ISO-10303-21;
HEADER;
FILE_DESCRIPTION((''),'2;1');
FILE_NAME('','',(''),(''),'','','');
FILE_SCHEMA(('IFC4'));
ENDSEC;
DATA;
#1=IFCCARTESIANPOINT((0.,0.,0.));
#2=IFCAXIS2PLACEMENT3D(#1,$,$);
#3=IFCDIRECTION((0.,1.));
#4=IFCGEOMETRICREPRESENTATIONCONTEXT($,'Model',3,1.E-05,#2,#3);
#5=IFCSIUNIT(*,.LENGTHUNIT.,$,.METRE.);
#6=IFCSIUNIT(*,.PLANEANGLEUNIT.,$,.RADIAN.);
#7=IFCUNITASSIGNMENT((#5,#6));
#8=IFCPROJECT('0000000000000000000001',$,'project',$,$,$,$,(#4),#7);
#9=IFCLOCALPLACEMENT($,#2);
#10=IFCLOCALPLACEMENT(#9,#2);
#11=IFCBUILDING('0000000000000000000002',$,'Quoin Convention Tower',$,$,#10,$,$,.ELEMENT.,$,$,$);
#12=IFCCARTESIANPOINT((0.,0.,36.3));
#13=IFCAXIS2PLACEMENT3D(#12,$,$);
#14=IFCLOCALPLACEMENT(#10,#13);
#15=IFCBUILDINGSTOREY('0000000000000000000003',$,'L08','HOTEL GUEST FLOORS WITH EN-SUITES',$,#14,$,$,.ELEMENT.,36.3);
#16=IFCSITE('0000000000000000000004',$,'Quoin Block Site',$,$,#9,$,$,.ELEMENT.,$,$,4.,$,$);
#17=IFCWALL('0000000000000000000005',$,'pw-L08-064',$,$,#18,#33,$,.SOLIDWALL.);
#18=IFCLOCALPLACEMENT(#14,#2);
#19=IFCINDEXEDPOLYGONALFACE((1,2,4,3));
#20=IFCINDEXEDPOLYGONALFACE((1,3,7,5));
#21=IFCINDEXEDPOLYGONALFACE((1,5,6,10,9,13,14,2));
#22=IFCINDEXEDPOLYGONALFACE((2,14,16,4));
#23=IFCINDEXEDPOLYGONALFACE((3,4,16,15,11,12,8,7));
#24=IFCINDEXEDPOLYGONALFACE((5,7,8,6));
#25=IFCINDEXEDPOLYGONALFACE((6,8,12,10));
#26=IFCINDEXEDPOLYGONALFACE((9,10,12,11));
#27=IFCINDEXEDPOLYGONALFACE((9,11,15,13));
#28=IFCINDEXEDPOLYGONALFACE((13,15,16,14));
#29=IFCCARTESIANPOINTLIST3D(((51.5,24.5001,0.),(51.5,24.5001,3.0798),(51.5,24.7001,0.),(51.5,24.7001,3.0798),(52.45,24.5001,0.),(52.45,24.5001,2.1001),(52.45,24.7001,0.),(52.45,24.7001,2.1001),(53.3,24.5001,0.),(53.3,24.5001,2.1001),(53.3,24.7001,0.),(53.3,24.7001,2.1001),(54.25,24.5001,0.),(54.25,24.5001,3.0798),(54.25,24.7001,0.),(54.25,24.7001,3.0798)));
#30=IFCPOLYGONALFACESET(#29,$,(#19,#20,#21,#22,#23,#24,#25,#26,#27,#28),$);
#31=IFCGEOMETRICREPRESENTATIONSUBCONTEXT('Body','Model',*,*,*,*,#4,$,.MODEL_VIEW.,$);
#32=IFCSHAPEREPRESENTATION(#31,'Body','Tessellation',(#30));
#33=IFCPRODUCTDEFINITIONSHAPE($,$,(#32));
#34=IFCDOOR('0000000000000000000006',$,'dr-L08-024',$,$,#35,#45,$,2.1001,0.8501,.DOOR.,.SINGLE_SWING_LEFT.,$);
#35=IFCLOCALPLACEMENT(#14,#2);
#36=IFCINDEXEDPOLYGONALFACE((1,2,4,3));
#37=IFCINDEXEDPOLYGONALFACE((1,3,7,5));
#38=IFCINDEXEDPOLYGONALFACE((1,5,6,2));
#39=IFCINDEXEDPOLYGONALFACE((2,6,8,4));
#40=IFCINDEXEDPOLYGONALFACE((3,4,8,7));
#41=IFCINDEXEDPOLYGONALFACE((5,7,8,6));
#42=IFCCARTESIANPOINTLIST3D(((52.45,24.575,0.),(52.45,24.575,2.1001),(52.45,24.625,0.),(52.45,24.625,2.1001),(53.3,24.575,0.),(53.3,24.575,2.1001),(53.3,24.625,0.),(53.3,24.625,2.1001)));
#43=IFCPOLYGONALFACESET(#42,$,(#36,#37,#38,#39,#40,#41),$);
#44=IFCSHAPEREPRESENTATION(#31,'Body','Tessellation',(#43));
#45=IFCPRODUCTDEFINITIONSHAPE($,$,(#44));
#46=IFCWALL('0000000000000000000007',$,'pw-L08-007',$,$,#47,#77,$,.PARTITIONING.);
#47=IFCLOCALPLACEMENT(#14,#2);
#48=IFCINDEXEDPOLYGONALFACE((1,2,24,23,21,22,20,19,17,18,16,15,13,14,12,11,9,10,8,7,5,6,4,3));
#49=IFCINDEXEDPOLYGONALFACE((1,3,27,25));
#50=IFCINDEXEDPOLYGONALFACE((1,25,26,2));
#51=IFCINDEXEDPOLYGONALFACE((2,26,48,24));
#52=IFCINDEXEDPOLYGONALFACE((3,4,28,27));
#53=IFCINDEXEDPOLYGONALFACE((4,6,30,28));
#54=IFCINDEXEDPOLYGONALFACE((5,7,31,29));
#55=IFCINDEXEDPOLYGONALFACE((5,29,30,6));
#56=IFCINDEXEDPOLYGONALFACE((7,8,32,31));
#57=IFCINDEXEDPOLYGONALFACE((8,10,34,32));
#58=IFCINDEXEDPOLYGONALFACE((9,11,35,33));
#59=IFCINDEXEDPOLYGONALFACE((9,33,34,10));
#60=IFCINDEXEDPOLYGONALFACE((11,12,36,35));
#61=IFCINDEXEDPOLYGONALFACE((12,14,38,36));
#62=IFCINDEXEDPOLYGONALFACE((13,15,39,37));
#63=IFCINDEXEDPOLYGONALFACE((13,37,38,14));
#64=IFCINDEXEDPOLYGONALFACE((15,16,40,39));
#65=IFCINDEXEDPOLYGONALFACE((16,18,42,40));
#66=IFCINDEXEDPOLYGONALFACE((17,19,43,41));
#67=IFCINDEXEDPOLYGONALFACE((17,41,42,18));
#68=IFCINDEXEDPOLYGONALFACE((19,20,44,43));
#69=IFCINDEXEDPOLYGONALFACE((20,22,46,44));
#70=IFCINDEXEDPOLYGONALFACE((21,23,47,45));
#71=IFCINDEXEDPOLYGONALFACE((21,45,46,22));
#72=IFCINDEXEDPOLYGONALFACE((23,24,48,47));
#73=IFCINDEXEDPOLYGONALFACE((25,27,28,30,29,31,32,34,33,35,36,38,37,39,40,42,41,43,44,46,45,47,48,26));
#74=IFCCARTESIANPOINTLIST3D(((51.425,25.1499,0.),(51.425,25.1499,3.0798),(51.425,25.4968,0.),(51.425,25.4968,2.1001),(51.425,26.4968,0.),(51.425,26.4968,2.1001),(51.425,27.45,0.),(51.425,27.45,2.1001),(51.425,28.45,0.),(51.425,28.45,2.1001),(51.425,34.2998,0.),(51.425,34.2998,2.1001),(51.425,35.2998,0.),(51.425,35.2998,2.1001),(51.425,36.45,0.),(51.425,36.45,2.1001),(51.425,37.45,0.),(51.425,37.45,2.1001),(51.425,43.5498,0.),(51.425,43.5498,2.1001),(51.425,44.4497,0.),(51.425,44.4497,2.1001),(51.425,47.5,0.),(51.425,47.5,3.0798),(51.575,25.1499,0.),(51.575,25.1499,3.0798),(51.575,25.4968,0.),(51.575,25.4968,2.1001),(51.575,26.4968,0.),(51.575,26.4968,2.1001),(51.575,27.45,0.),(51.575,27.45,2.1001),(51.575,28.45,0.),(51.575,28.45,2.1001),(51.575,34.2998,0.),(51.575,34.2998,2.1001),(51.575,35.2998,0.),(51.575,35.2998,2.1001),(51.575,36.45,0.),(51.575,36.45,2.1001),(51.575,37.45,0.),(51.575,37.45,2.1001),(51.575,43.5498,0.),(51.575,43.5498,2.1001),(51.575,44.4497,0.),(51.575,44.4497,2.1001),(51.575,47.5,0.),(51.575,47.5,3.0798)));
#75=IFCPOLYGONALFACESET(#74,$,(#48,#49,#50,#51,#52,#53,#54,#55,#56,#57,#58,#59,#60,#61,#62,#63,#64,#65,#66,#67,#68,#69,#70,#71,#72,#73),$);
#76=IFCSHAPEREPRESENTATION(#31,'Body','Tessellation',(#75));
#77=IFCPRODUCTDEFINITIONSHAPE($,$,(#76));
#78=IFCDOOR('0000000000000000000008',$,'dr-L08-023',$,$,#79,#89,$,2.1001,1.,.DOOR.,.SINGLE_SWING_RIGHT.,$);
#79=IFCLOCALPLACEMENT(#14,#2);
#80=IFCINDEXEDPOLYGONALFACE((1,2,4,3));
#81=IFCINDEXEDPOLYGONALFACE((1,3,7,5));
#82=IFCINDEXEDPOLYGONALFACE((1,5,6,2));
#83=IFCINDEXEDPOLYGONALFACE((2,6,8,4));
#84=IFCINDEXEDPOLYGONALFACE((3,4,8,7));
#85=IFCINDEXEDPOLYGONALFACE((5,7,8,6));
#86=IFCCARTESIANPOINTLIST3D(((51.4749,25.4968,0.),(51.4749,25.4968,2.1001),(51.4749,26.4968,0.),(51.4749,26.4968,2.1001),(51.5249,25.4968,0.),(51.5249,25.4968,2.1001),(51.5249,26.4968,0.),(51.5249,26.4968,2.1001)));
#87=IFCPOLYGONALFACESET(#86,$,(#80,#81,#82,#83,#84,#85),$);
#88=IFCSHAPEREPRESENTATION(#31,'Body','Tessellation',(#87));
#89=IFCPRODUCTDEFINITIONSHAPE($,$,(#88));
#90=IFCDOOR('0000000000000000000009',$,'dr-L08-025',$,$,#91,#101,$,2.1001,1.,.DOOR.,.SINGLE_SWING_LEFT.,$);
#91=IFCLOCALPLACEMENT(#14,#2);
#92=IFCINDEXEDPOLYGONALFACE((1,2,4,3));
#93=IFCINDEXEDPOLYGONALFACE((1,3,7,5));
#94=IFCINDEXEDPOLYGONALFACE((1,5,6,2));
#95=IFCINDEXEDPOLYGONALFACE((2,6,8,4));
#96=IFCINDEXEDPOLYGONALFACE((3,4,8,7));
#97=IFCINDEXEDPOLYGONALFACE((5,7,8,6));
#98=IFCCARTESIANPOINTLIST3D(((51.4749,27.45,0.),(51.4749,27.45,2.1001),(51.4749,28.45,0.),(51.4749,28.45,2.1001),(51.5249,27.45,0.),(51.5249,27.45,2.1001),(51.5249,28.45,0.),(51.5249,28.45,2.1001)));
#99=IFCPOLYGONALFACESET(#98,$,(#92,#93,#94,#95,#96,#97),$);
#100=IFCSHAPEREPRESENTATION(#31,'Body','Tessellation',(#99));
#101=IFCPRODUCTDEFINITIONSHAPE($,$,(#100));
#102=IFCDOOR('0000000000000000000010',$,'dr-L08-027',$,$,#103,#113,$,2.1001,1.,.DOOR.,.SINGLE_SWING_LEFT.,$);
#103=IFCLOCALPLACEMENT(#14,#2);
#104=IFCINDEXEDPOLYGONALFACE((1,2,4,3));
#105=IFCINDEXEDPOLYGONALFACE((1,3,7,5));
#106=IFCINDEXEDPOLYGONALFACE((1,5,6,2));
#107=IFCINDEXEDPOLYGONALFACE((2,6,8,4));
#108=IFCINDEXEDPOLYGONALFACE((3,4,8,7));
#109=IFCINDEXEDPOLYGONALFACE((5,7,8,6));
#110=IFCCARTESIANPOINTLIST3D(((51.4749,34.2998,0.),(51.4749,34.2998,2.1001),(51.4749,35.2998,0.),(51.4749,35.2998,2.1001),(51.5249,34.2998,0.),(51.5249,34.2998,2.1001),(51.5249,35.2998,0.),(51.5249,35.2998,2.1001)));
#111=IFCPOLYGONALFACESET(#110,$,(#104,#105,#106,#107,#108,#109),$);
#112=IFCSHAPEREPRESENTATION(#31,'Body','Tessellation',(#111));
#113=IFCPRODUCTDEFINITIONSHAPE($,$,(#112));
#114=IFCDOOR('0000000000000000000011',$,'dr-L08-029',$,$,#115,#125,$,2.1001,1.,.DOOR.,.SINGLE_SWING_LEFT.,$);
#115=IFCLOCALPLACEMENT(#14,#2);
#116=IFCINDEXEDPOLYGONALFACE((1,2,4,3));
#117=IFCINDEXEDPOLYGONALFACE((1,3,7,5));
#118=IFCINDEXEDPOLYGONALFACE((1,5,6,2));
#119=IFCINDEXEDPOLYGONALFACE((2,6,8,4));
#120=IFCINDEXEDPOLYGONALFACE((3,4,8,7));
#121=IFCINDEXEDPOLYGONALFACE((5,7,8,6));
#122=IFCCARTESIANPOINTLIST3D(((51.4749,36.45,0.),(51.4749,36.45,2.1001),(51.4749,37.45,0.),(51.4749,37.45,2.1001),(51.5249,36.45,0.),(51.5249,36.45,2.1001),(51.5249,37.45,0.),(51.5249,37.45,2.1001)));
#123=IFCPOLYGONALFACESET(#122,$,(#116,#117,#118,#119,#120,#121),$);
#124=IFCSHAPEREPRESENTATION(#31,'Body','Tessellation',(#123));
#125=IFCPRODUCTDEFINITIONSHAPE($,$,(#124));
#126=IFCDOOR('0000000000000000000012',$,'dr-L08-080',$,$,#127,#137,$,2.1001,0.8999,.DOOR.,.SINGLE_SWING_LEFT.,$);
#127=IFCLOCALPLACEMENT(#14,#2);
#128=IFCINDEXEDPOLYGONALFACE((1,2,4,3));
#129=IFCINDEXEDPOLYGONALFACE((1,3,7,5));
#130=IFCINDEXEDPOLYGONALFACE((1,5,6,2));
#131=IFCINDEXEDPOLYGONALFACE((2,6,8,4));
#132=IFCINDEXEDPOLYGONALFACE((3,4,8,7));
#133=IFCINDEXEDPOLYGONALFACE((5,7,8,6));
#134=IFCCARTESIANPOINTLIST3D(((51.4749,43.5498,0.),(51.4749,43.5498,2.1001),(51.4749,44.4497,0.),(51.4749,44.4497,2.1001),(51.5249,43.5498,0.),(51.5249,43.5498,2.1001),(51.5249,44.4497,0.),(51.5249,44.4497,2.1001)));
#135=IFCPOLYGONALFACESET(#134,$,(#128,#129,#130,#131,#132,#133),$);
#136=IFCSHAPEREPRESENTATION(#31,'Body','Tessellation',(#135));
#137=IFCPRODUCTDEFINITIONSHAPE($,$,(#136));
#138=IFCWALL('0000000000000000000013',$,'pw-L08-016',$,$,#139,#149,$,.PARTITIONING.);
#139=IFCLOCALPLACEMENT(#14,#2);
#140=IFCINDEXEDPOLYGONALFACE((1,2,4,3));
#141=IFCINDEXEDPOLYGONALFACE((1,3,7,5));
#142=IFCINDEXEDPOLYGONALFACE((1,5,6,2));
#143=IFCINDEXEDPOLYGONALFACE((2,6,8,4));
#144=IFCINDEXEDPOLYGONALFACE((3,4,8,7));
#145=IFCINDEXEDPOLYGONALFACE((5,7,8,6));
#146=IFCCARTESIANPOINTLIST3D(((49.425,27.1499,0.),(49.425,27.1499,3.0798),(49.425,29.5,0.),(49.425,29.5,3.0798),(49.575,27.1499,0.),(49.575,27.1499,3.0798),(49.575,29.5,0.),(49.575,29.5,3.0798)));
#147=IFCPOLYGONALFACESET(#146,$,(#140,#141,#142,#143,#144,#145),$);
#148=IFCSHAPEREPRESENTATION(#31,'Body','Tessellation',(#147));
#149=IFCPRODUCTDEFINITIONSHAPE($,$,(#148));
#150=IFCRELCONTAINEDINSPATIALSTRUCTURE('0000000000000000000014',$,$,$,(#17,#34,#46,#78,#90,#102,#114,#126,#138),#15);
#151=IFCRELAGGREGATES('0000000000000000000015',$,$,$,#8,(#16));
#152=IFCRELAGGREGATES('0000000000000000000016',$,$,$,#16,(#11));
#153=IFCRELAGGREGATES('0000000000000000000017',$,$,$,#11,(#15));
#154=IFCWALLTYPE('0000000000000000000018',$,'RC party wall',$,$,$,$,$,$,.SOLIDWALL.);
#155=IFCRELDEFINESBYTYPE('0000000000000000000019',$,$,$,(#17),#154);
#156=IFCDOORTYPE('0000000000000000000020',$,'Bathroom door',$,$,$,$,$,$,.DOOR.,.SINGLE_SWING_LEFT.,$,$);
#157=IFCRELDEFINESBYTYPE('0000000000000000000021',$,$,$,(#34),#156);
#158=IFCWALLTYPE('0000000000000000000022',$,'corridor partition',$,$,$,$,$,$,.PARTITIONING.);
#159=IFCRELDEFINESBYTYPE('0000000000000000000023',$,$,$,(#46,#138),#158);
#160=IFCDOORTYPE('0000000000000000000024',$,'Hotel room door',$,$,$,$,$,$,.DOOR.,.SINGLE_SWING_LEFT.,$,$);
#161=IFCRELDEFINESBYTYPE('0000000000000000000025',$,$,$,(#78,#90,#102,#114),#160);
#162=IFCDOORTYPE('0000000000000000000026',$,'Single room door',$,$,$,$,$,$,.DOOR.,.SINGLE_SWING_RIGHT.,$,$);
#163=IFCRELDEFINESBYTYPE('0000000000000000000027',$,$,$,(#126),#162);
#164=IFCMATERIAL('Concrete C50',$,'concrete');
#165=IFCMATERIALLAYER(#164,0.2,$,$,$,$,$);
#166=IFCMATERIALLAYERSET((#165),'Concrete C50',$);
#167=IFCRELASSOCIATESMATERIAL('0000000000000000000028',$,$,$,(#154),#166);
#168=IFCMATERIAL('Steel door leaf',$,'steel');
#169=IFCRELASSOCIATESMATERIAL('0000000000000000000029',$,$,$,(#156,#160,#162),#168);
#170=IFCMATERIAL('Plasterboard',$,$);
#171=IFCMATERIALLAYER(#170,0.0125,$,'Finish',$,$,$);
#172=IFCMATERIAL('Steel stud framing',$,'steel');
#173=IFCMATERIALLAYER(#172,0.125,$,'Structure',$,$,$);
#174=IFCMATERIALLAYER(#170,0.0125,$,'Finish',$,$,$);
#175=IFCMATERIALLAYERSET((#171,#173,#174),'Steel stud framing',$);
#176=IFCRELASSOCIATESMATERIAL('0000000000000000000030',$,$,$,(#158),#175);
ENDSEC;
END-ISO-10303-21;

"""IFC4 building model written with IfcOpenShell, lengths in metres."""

from ifc_helpers import new_model, si_unit, direction, frame, frame_2d, origin, place, context, subcontext, project, spatial, rectangle, extrude, material, layer, layer_set, type_object, element, fill, save


model = new_model("IFC4")

# Units and contexts
model_context = context("Model", 3, precision=1e-05, world=origin(), true_north=direction((0.0, 1.0)))
body_context = subcontext(model_context, "Body", "Model", "MODEL_VIEW")
ifc_project = project(units=[si_unit("LENGTHUNIT", "METRE"), si_unit("PLANEANGLEUNIT", "RADIAN")], contexts=[model_context])

# Site, building, storey
site_placement = place(None, origin())
site = spatial("IfcSite", under=ifc_project, at=site_placement, Name="Quoin Block Site", CompositionType="ELEMENT", RefElevation=4.0)
building_placement = place(site_placement, origin())
building = spatial("IfcBuilding", under=site, at=building_placement, Name="Quoin Convention Tower", CompositionType="ELEMENT")
storey_placement = place(building_placement, frame((0.0, 0.0, 36.3)))
storey = spatial("IfcBuildingStorey", under=building, at=storey_placement, Name="L08", Description="HOTEL GUEST FLOORS WITH EN-SUITES", CompositionType="ELEMENT", Elevation=36.3)

# Shared definitions
ifc_material_1 = material(Name="Concrete C50", Category="concrete")
ifc_layer_1 = layer(ifc_material_1, 0.2)
ifc_layer_set_1 = layer_set([ifc_layer_1], Name="Concrete C50")
wall_type_1 = type_object("IfcWallType", Name="RC party wall", PredefinedType="SOLIDWALL", material=ifc_layer_set_1)

# Shared definitions
ifc_material_2 = material(Name="Steel door leaf", Category="steel")
door_type_1 = type_object("IfcDoorType", Name="Bathroom door", OperationType="SINGLE_SWING_LEFT", PredefinedType="DOOR", material=ifc_material_2)

# Wall, opening, door
wall_1_placement = place(storey_placement, frame((51.5, 24.6001, 0.0), z_axis=(0.0, 0.0, 1.0), x_axis=(1.0, 0.0, 0.0)))
wall_1 = element("IfcWall", 1, at=wall_1_placement, inside=storey, type_object=wall_type_1, Name="pw-L08-064", PredefinedType="SOLIDWALL", context=body_context, shape_type="SweptSolid", body=[
    extrude(rectangle(XDim=2.75, YDim=0.2, at=frame_2d((1.375, 0.0))), origin(), (0.0, 0.0, 1.0), 3.0798),
])
opening_1_placement = place(wall_1_placement, frame((0.95, 0.0, 0.0)))
opening_1 = element("IfcOpeningElement", 2, at=opening_1_placement, cuts=wall_1, PredefinedType="OPENING", context=body_context, shape_type="SweptSolid", body=[
    extrude(rectangle(XDim=0.8501, YDim=2.1001, at=frame_2d((0.425, 1.05))), frame((0.0, 0.1099, 0.0), z_axis=(0.0, -1.0, 0.0), x_axis=(1.0, 0.0, 0.0)), (0.0, 0.0, 1.0), 0.22),
])
door_1_placement = place(opening_1_placement, origin())
door_1 = element("IfcDoor", 3, at=door_1_placement, inside=storey, type_object=door_type_1, Name="dr-L08-024", OperationType="SINGLE_SWING_LEFT", OverallHeight=2.1001, OverallWidth=0.8501, PredefinedType="DOOR", context=body_context, shape_type="SweptSolid", body=[
    extrude(rectangle(XDim=0.8501, YDim=2.1001, at=frame_2d((0.425, 1.05))), frame((0.0, 0.0249, 0.0), z_axis=(0.0, -1.0, 0.0), x_axis=(1.0, 0.0, 0.0)), (0.0, 0.0, 1.0), 0.05),
])
fill(opening_1, door_1)

# Wall, openings, doors
ifc_material_3 = material(Name="Plasterboard")
ifc_layer_2 = layer(ifc_material_3, 0.0125, Name="Finish")
ifc_material_4 = material(Name="Steel stud framing", Category="steel")
ifc_layer_3 = layer(ifc_material_4, 0.125, Name="Structure")
ifc_layer_4 = layer(ifc_material_3, 0.0125, Name="Finish")
ifc_layer_set_2 = layer_set([ifc_layer_2, ifc_layer_3, ifc_layer_4], Name="Steel stud framing")
wall_type_2 = type_object("IfcWallType", Name="corridor partition", PredefinedType="PARTITIONING", material=ifc_layer_set_2)
wall_2_placement = place(storey_placement, frame((51.5, 25.1499, 0.0), z_axis=(0.0, 0.0, 1.0), x_axis=(0.0, 1.0, 0.0)))
wall_2 = element("IfcWall", 4, at=wall_2_placement, inside=storey, type_object=wall_type_2, Name="pw-L08-007", PredefinedType="PARTITIONING", context=body_context, shape_type="SweptSolid", body=[
    extrude(rectangle(XDim=22.3501, YDim=0.1499, at=frame_2d((11.175, 0.0))), origin(), (0.0, 0.0, 1.0), 3.0798),
])
opening_2_placement = place(wall_2_placement, frame((0.3469, 0.0, 0.0)))
opening_2 = element("IfcOpeningElement", 5, at=opening_2_placement, cuts=wall_2, PredefinedType="OPENING", context=body_context, shape_type="SweptSolid", body=[
    extrude(rectangle(XDim=1.0, YDim=2.1001, at=frame_2d((0.5, 1.05))), frame((0.0, 0.085, 0.0), z_axis=(0.0, -1.0, 0.0), x_axis=(1.0, 0.0, 0.0)), (0.0, 0.0, 1.0), 0.1699),
])
opening_3_placement = place(wall_2_placement, frame((2.3, 0.0, 0.0)))
opening_3 = element("IfcOpeningElement", 6, at=opening_3_placement, cuts=wall_2, PredefinedType="OPENING", context=body_context, shape_type="SweptSolid", body=[
    extrude(rectangle(XDim=1.0, YDim=2.1001, at=frame_2d((0.5, 1.05))), frame((0.0, 0.085, 0.0), z_axis=(0.0, -1.0, 0.0), x_axis=(1.0, 0.0, 0.0)), (0.0, 0.0, 1.0), 0.1699),
])
opening_4_placement = place(wall_2_placement, frame((9.1499, 0.0, 0.0)))
opening_4 = element("IfcOpeningElement", 7, at=opening_4_placement, cuts=wall_2, PredefinedType="OPENING", context=body_context, shape_type="SweptSolid", body=[
    extrude(rectangle(XDim=1.0, YDim=2.1001, at=frame_2d((0.5, 1.05))), frame((0.0, 0.085, 0.0), z_axis=(0.0, -1.0, 0.0), x_axis=(1.0, 0.0, 0.0)), (0.0, 0.0, 1.0), 0.1699),
])
opening_5_placement = place(wall_2_placement, frame((11.3, 0.0, 0.0)))
opening_5 = element("IfcOpeningElement", 8, at=opening_5_placement, cuts=wall_2, PredefinedType="OPENING", context=body_context, shape_type="SweptSolid", body=[
    extrude(rectangle(XDim=1.0, YDim=2.1001, at=frame_2d((0.5, 1.05))), frame((0.0, 0.085, 0.0), z_axis=(0.0, -1.0, 0.0), x_axis=(1.0, 0.0, 0.0)), (0.0, 0.0, 1.0), 0.1699),
])
opening_6_placement = place(wall_2_placement, frame((18.3999, 0.0, 0.0)))
opening_6 = element("IfcOpeningElement", 9, at=opening_6_placement, cuts=wall_2, PredefinedType="OPENING", context=body_context, shape_type="SweptSolid", body=[
    extrude(rectangle(XDim=0.8999, YDim=2.1001, at=frame_2d((0.45, 1.05))), frame((0.0, 0.085, 0.0), z_axis=(0.0, -1.0, 0.0), x_axis=(1.0, 0.0, 0.0)), (0.0, 0.0, 1.0), 0.1699),
])
door_type_2 = type_object("IfcDoorType", Name="Hotel room door", OperationType="SINGLE_SWING_LEFT", PredefinedType="DOOR", material=ifc_material_2)
door_2_placement = place(opening_2_placement, frame((1.0, 0.0, 0.0), z_axis=(0.0, 0.0, 1.0), x_axis=(-1.0, 0.0, 0.0)))
door_2 = element("IfcDoor", 10, at=door_2_placement, inside=storey, type_object=door_type_2, Name="dr-L08-023", OperationType="SINGLE_SWING_RIGHT", OverallHeight=2.1001, OverallWidth=1.0, PredefinedType="DOOR", context=body_context, shape_type="SweptSolid", body=[
    extrude(rectangle(XDim=1.0, YDim=2.1001, at=frame_2d((0.5, 1.05))), frame((0.0, 0.0249, 0.0), z_axis=(0.0, -1.0, 0.0), x_axis=(1.0, 0.0, 0.0)), (0.0, 0.0, 1.0), 0.05),
])
fill(opening_2, door_2)
door_3_placement = place(opening_3_placement, frame((1.0, 0.0, 0.0), z_axis=(0.0, 0.0, 1.0), x_axis=(-1.0, 0.0, 0.0)))
door_3 = element("IfcDoor", 11, at=door_3_placement, inside=storey, type_object=door_type_2, Name="dr-L08-025", OperationType="SINGLE_SWING_LEFT", OverallHeight=2.1001, OverallWidth=1.0, PredefinedType="DOOR", context=body_context, shape_type="SweptSolid", body=[
    extrude(rectangle(XDim=1.0, YDim=2.1001, at=frame_2d((0.5, 1.05))), frame((0.0, 0.0249, 0.0), z_axis=(0.0, -1.0, 0.0), x_axis=(1.0, 0.0, 0.0)), (0.0, 0.0, 1.0), 0.05),
])
fill(opening_3, door_3)
door_4_placement = place(opening_4_placement, frame((1.0, 0.0, 0.0), z_axis=(0.0, 0.0, 1.0), x_axis=(-1.0, 0.0, 0.0)))
door_4 = element("IfcDoor", 12, at=door_4_placement, inside=storey, type_object=door_type_2, Name="dr-L08-027", OperationType="SINGLE_SWING_LEFT", OverallHeight=2.1001, OverallWidth=1.0, PredefinedType="DOOR", context=body_context, shape_type="SweptSolid", body=[
    extrude(rectangle(XDim=1.0, YDim=2.1001, at=frame_2d((0.5, 1.05))), frame((0.0, 0.0249, 0.0), z_axis=(0.0, -1.0, 0.0), x_axis=(1.0, 0.0, 0.0)), (0.0, 0.0, 1.0), 0.05),
])
fill(opening_4, door_4)
door_5_placement = place(opening_5_placement, frame((1.0, 0.0, 0.0), z_axis=(0.0, 0.0, 1.0), x_axis=(-1.0, 0.0, 0.0)))
door_5 = element("IfcDoor", 13, at=door_5_placement, inside=storey, type_object=door_type_2, Name="dr-L08-029", OperationType="SINGLE_SWING_LEFT", OverallHeight=2.1001, OverallWidth=1.0, PredefinedType="DOOR", context=body_context, shape_type="SweptSolid", body=[
    extrude(rectangle(XDim=1.0, YDim=2.1001, at=frame_2d((0.5, 1.05))), frame((0.0, 0.0249, 0.0), z_axis=(0.0, -1.0, 0.0), x_axis=(1.0, 0.0, 0.0)), (0.0, 0.0, 1.0), 0.05),
])
fill(opening_5, door_5)
door_type_3 = type_object("IfcDoorType", Name="Single room door", OperationType="SINGLE_SWING_RIGHT", PredefinedType="DOOR", material=ifc_material_2)
door_6_placement = place(opening_6_placement, frame((0.8999, 0.0, 0.0), z_axis=(0.0, 0.0, 1.0), x_axis=(-1.0, 0.0, 0.0)))
door_6 = element("IfcDoor", 14, at=door_6_placement, inside=storey, type_object=door_type_3, Name="dr-L08-080", OperationType="SINGLE_SWING_LEFT", OverallHeight=2.1001, OverallWidth=0.8999, PredefinedType="DOOR", context=body_context, shape_type="SweptSolid", body=[
    extrude(rectangle(XDim=0.8999, YDim=2.1001, at=frame_2d((0.45, 1.05))), frame((0.0, 0.0249, 0.0), z_axis=(0.0, -1.0, 0.0), x_axis=(1.0, 0.0, 0.0)), (0.0, 0.0, 1.0), 0.05),
])
fill(opening_6, door_6)

# Wall
wall_3_placement = place(storey_placement, frame((49.5, 27.1499, 0.0), z_axis=(0.0, 0.0, 1.0), x_axis=(0.0, 1.0, 0.0)))
element("IfcWall", 15, at=wall_3_placement, inside=storey, type_object=wall_type_2, Name="pw-L08-016", PredefinedType="PARTITIONING", context=body_context, shape_type="SweptSolid", body=[
    extrude(rectangle(XDim=2.3501, YDim=0.1499, at=frame_2d((1.175, 0.0))), origin(), (0.0, 0.0, 1.0), 3.0798),
])

save(model, "model.ifc")
